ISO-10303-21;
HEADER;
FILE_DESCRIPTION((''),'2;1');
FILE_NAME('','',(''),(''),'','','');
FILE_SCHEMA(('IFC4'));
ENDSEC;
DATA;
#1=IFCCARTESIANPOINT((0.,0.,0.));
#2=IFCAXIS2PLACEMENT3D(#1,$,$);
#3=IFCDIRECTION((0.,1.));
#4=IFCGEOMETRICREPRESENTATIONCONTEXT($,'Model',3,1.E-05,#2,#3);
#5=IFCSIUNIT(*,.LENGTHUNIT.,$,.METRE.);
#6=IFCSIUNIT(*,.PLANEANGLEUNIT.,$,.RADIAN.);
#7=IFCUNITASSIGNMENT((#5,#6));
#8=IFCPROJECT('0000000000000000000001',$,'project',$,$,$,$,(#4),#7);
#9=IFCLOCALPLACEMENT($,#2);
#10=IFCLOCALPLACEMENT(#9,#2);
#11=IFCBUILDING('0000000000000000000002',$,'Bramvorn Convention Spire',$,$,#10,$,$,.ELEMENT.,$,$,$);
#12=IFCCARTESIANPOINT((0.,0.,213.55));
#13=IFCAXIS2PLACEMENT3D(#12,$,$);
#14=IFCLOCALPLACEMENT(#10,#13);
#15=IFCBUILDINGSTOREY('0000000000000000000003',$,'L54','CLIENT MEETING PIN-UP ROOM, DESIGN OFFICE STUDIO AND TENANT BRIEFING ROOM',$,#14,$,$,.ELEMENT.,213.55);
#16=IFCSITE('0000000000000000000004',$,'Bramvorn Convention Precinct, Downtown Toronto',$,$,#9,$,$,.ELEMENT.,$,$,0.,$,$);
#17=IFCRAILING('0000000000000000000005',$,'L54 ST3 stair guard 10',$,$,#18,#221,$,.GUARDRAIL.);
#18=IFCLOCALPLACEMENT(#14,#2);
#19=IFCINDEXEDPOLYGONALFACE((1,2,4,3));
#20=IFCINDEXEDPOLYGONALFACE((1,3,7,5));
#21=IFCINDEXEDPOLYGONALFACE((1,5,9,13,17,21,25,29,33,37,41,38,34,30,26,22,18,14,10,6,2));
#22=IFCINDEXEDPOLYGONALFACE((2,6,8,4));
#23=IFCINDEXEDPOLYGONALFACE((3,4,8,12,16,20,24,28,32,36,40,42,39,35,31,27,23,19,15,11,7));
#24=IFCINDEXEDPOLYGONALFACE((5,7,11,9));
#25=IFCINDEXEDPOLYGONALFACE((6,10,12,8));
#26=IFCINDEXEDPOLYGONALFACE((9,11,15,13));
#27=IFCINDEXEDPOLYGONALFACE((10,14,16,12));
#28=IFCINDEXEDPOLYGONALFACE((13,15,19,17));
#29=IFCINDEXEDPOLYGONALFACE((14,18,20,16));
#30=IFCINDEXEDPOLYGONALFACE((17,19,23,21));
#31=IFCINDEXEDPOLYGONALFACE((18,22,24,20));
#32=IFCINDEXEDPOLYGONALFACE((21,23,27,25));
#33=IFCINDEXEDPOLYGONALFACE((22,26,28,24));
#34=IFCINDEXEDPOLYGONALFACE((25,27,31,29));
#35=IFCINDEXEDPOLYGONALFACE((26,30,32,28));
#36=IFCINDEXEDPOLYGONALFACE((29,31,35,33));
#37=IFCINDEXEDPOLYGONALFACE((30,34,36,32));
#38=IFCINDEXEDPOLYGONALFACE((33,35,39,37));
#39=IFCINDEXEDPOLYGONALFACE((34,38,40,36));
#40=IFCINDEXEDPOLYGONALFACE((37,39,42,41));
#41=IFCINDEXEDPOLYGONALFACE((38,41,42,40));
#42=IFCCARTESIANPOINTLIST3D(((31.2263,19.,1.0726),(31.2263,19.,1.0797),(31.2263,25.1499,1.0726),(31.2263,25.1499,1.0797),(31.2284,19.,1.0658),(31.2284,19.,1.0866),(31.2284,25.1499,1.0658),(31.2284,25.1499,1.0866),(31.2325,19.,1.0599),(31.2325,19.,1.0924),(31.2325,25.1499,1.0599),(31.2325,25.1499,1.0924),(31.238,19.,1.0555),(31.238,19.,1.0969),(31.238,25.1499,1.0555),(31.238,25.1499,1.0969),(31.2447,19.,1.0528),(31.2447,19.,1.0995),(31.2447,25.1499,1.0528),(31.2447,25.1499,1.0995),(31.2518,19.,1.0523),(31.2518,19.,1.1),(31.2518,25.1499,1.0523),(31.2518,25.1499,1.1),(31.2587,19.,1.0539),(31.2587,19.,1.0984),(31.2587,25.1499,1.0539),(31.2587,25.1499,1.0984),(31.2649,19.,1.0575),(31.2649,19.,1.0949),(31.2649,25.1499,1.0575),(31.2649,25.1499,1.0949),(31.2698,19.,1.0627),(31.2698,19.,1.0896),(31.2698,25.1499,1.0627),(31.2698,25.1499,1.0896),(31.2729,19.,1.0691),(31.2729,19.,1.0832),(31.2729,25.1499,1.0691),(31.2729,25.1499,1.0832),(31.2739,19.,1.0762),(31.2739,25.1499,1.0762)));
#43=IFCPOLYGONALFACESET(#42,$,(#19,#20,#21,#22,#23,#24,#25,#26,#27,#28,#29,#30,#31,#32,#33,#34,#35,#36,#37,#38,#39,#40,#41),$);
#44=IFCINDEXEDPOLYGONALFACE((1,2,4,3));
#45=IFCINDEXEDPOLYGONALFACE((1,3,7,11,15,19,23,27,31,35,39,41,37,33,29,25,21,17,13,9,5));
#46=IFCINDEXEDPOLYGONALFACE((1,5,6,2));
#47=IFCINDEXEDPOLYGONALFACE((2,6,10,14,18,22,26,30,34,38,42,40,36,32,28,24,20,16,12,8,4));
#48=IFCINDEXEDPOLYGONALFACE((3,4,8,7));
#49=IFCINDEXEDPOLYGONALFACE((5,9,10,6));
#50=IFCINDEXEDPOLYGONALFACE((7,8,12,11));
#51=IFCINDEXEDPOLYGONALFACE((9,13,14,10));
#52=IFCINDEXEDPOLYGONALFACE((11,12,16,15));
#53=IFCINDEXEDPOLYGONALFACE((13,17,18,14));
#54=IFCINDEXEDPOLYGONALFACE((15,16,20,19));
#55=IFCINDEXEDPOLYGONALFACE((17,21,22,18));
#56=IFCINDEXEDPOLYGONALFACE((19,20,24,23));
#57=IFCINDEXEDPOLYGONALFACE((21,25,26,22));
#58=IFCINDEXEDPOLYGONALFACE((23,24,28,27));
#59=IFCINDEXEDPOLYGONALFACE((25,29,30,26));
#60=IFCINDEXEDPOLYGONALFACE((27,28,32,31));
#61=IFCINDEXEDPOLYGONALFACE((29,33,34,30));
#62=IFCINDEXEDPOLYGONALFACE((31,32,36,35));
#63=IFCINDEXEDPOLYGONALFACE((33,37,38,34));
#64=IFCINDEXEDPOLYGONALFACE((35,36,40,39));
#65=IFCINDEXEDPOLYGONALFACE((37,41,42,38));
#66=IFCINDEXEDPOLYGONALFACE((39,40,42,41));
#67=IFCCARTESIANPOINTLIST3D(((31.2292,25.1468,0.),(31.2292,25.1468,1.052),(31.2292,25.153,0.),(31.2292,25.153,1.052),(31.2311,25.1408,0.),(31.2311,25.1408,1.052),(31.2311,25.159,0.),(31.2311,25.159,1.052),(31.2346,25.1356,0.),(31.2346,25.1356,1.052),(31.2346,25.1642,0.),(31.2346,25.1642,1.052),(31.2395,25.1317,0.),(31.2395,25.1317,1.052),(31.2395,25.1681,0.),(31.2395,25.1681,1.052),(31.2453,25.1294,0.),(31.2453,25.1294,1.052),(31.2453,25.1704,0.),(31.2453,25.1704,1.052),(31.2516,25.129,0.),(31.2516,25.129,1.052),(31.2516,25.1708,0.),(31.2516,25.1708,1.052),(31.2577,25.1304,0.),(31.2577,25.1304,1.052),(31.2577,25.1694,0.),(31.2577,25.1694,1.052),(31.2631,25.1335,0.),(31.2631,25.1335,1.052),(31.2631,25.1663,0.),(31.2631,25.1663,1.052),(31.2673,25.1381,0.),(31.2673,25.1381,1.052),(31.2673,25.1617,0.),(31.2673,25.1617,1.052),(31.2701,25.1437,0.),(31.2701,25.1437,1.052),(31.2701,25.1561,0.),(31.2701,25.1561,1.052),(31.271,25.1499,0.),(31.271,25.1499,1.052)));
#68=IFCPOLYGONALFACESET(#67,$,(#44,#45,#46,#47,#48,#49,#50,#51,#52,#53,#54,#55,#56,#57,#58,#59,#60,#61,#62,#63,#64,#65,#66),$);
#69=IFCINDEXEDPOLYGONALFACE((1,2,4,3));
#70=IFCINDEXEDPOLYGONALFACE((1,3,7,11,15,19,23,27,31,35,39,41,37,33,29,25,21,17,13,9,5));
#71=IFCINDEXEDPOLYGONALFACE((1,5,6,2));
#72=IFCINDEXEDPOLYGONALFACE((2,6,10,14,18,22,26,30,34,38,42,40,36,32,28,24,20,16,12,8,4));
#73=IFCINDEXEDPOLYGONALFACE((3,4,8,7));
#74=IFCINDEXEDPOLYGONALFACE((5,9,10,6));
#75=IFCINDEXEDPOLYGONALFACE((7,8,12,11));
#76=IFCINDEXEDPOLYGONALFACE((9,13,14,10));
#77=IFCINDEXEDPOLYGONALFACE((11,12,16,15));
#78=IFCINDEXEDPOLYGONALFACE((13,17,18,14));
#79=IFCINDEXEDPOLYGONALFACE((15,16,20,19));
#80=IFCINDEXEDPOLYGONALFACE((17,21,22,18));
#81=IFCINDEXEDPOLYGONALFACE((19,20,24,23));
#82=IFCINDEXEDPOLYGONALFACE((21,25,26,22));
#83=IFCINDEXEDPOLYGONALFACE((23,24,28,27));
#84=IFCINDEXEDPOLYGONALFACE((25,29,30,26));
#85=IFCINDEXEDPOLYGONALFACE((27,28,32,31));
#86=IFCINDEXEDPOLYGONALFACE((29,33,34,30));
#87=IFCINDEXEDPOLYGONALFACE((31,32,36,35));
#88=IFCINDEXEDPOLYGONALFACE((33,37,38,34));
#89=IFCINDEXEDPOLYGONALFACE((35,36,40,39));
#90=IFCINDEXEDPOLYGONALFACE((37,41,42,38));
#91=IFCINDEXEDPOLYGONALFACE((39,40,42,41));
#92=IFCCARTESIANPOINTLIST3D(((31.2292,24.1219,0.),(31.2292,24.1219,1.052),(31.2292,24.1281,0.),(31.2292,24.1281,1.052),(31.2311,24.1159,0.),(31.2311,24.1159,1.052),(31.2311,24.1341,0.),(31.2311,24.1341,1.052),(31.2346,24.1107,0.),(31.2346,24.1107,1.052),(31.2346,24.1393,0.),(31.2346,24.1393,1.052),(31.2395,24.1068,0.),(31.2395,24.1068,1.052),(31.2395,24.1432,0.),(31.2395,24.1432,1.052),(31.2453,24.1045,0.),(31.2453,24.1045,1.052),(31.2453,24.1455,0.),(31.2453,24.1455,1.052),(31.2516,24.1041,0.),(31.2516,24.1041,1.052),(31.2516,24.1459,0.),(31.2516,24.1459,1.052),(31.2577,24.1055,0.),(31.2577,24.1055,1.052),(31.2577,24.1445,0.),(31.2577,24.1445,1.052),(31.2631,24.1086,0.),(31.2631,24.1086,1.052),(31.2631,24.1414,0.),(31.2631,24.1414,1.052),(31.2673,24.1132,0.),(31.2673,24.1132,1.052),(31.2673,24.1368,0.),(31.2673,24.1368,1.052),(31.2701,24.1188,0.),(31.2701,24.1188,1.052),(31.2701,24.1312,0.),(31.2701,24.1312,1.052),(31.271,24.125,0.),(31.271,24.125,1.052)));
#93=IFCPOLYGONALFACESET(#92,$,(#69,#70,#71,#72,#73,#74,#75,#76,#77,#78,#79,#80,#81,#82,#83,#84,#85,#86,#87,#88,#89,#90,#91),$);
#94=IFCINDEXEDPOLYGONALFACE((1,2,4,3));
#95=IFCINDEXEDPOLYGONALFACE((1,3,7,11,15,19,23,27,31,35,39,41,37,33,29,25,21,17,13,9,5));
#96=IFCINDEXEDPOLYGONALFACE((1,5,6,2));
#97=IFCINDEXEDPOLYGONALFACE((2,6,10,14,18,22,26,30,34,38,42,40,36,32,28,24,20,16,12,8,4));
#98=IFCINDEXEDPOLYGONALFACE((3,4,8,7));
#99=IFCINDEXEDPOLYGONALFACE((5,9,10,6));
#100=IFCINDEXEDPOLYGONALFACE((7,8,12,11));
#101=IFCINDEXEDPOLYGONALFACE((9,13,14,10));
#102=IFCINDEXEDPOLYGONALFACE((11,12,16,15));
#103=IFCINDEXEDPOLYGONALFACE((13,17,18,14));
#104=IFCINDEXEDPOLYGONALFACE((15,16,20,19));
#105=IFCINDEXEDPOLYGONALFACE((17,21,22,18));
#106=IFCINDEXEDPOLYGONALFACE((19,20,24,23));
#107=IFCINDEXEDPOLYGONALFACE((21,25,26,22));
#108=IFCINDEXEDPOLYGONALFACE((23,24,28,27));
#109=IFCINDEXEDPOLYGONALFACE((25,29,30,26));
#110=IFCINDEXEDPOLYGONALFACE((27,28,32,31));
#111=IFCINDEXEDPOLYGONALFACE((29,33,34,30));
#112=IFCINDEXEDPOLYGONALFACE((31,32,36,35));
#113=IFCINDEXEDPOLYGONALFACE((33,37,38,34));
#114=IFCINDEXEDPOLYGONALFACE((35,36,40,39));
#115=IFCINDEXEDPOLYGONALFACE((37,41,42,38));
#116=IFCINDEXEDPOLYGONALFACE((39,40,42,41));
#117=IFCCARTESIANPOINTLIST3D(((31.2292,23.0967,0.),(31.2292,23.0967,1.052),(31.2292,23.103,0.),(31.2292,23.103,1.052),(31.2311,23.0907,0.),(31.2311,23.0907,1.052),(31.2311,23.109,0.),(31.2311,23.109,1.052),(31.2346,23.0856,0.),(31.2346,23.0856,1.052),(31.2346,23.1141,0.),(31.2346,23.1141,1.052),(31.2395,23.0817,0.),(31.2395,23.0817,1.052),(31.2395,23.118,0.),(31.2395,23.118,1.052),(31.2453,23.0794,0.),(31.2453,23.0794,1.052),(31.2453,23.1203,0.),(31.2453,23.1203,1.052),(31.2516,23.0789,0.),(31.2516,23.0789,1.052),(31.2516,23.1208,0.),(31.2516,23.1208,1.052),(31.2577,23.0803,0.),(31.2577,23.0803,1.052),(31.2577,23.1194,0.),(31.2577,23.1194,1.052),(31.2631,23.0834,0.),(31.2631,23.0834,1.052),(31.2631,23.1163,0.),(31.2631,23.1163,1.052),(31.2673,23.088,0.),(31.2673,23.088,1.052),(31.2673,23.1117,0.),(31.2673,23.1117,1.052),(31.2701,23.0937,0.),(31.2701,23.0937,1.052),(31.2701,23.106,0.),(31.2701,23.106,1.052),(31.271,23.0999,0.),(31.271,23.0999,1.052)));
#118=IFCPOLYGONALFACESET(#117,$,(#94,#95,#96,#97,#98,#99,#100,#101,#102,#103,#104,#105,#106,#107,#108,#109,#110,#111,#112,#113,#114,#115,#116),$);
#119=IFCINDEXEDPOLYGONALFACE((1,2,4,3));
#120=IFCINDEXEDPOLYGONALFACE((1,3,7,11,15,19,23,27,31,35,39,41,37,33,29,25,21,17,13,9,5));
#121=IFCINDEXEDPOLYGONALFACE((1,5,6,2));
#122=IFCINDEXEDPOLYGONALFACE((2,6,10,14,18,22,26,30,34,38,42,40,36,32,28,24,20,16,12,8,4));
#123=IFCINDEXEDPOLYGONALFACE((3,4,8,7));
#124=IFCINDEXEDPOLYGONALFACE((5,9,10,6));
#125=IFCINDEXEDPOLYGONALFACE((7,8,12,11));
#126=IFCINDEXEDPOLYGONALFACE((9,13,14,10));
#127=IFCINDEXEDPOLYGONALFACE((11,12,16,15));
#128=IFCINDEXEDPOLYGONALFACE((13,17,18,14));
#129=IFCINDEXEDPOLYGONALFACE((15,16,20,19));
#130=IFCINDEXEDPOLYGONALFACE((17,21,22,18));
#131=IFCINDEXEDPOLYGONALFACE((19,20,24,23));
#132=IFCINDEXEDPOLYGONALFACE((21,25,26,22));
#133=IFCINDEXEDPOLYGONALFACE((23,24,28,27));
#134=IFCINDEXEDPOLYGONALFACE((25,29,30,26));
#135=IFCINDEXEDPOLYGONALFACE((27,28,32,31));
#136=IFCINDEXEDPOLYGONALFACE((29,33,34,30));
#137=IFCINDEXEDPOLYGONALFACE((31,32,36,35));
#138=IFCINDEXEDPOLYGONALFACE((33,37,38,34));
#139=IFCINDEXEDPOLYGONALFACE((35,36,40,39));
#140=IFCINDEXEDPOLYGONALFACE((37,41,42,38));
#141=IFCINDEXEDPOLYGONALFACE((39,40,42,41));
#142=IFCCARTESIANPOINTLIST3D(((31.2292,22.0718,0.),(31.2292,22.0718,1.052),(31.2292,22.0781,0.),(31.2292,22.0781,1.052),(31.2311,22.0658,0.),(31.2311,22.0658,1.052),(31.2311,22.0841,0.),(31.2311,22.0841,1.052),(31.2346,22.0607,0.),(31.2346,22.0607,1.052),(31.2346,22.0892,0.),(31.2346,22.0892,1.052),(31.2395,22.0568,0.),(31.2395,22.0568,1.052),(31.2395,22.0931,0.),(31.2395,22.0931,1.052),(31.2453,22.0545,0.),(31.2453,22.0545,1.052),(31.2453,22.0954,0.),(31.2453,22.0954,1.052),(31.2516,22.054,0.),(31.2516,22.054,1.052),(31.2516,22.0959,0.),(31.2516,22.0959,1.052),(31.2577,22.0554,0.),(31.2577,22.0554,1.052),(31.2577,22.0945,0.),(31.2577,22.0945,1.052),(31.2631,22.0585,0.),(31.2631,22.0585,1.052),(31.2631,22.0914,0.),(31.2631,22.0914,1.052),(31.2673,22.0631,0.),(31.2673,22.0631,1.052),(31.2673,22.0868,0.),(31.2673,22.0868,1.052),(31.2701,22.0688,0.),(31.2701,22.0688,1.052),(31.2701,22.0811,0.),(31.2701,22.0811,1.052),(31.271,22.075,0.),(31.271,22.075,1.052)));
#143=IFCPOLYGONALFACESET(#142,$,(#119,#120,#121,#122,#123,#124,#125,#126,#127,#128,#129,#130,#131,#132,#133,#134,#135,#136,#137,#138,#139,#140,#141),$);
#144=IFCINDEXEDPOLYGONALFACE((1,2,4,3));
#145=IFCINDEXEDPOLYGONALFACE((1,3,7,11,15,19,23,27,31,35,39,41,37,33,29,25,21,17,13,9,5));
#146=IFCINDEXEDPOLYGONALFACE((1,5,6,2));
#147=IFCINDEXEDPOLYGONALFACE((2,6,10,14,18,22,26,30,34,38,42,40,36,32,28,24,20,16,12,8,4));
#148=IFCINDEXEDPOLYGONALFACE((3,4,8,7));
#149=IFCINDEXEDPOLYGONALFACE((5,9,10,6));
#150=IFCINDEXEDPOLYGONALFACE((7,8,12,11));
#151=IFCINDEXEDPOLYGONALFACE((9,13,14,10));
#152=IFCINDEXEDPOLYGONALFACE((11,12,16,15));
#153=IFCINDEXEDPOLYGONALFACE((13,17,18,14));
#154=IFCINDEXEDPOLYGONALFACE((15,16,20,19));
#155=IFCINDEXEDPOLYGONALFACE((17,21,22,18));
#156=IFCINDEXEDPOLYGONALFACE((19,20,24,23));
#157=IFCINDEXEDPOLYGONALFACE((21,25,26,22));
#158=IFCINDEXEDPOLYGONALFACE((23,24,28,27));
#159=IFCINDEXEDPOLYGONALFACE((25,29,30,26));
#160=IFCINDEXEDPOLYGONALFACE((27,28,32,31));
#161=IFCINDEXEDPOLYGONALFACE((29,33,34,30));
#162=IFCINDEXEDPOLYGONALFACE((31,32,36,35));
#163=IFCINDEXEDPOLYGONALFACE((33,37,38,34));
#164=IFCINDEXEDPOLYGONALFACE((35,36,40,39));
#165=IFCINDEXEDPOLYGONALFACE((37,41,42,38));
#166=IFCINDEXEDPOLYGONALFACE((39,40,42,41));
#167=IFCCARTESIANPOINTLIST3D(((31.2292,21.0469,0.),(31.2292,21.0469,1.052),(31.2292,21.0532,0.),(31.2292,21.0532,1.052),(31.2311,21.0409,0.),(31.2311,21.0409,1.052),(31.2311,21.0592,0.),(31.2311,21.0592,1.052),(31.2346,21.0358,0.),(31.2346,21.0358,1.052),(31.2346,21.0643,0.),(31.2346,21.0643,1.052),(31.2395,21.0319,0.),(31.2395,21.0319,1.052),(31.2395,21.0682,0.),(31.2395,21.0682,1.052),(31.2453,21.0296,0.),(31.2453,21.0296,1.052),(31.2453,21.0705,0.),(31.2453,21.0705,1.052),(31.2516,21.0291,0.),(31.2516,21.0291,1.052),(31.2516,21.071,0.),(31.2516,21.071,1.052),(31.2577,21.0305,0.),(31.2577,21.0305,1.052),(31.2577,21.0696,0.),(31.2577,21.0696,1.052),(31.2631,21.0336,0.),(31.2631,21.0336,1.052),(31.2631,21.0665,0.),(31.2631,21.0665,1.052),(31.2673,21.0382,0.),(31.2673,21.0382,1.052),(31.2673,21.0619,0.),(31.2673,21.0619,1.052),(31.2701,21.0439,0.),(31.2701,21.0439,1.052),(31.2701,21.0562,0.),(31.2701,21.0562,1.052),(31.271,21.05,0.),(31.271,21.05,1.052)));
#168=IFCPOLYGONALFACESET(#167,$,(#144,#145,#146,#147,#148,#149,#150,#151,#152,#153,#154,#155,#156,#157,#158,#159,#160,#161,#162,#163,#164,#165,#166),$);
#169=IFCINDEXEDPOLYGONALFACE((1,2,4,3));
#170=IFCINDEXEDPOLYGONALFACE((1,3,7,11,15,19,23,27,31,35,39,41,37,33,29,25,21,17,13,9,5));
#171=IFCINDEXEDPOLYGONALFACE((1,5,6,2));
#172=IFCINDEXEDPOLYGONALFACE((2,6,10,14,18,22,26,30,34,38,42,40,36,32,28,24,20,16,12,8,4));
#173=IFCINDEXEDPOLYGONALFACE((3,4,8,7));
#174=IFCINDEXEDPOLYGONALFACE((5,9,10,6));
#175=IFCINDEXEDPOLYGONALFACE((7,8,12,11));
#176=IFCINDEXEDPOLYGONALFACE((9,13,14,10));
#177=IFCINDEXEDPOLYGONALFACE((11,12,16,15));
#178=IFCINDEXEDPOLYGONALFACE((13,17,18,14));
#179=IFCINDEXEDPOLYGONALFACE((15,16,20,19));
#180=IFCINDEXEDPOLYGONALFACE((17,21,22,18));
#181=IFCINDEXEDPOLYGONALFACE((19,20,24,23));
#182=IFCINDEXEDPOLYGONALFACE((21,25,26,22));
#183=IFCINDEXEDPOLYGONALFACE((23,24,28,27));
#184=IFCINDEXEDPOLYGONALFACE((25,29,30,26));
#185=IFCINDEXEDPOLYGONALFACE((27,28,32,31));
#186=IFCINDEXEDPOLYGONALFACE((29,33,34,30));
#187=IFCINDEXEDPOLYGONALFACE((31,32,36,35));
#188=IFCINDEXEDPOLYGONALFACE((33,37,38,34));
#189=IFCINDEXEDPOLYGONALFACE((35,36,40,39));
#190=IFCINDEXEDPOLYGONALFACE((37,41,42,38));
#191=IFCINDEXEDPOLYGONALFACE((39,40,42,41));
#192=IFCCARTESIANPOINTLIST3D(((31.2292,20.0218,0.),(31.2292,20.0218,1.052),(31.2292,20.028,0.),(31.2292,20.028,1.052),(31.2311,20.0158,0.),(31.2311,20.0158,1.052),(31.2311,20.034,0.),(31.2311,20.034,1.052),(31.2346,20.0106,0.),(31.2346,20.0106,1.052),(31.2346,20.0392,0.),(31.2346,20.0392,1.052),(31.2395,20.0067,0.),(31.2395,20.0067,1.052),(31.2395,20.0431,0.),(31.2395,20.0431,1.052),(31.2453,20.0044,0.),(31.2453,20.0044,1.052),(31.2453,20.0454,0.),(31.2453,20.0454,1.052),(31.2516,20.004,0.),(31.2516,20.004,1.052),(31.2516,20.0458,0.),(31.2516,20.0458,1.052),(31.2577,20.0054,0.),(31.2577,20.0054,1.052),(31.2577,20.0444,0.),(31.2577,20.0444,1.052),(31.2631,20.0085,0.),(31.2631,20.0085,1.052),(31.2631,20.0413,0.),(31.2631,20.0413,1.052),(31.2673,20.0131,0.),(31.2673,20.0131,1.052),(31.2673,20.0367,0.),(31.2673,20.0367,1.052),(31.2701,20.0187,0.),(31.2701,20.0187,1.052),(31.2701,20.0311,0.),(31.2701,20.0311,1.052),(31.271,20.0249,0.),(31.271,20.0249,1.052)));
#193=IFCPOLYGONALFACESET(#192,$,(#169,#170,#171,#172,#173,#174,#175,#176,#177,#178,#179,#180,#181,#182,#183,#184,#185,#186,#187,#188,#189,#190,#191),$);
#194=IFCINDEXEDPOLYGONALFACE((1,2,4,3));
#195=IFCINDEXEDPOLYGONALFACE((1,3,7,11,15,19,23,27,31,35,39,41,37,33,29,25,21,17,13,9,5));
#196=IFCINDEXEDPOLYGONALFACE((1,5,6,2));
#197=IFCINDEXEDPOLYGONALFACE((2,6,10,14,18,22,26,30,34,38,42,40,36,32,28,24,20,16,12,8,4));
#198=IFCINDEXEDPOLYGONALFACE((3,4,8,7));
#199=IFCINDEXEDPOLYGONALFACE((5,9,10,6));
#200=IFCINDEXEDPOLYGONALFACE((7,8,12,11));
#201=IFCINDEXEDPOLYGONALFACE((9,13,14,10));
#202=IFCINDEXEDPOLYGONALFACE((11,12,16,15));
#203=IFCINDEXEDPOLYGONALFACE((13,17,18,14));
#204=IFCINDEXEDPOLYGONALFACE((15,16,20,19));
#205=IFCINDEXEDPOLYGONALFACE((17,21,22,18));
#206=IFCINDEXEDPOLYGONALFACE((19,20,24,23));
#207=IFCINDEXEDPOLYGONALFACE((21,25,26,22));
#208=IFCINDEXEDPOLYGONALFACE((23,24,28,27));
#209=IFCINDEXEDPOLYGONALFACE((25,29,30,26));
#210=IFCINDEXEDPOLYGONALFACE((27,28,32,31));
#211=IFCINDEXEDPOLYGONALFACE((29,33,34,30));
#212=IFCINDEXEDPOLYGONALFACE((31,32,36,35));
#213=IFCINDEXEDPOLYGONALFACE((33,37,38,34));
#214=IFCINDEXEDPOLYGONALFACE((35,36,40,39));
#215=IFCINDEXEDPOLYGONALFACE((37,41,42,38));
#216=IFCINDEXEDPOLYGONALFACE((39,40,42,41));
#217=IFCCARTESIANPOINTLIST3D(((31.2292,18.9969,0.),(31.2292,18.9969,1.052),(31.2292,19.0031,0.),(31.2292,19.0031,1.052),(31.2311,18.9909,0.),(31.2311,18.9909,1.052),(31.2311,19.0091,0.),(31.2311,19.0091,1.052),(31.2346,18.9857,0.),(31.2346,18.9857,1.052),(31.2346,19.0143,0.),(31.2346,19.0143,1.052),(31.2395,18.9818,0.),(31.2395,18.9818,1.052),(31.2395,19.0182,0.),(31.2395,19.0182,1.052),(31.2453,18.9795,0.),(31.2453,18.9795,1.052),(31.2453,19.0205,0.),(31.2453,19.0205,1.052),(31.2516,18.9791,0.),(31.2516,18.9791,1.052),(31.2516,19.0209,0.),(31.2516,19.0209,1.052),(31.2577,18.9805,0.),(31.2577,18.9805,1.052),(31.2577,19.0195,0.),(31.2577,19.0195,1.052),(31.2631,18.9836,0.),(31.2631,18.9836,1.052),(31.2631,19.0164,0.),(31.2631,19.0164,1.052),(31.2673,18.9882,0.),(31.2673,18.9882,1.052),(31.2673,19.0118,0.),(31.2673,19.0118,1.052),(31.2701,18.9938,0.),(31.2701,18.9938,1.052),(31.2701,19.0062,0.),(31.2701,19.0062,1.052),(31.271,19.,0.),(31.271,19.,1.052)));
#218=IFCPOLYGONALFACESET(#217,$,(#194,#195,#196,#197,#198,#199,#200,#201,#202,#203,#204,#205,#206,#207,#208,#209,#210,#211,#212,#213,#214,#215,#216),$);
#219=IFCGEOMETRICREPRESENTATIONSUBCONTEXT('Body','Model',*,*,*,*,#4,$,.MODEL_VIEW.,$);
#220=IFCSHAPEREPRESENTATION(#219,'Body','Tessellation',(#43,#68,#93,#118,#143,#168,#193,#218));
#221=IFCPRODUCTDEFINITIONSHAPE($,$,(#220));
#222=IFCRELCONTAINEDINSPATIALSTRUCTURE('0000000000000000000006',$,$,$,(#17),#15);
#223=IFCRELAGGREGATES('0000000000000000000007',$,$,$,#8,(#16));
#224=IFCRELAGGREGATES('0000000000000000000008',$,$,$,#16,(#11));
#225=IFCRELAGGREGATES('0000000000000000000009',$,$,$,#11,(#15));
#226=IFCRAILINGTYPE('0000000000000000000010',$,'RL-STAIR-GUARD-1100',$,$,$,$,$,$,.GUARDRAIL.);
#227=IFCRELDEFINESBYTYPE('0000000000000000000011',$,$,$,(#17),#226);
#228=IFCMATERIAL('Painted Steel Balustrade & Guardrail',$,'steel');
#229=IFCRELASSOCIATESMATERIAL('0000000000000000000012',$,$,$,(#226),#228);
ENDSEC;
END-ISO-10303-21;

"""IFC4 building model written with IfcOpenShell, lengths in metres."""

from ifc_helpers import new_model, si_unit, direction, frame, origin, origin_2d, place, context, subcontext, project, spatial, circle, extrude, material, type_object, element, save


model = new_model("IFC4")

# Units and contexts
model_context = context("Model", 3, precision=1e-05, world=origin(), true_north=direction((0.0, 1.0)))
body_context = subcontext(model_context, "Body", "Model", "MODEL_VIEW")
ifc_project = project(units=[si_unit("LENGTHUNIT", "METRE"), si_unit("PLANEANGLEUNIT", "RADIAN")], contexts=[model_context])

# Site, building, storey
site_placement = place(None, origin())
site = spatial("IfcSite", under=ifc_project, at=site_placement, Name="Bramvorn Convention Precinct, Downtown Toronto", CompositionType="ELEMENT", RefElevation=0.0)
building_placement = place(site_placement, origin())
building = spatial("IfcBuilding", under=site, at=building_placement, Name="Bramvorn Convention Spire", CompositionType="ELEMENT")
storey_placement = place(building_placement, frame((0.0, 0.0, 213.55)))
storey = spatial("IfcBuildingStorey", under=building, at=storey_placement, Name="L54", Description="CLIENT MEETING PIN-UP ROOM, DESIGN OFFICE STUDIO AND TENANT BRIEFING ROOM", CompositionType="ELEMENT", Elevation=213.55)

# Railing
ifc_material_1 = material(Name="Painted Steel Balustrade & Guardrail", Category="steel")
railing_type = type_object("IfcRailingType", Name="RL-STAIR-GUARD-1100", PredefinedType="GUARDRAIL", material=ifc_material_1)
railing_1_placement = place(storey_placement, frame((31.25, 25.1499, 0.0)))
element("IfcRailing", 1, at=railing_1_placement, inside=storey, type_object=railing_type, Name="L54 ST3 stair guard 10", PredefinedType="GUARDRAIL", context=body_context, shape_type="SweptSolid", body=[
    extrude(circle(Radius=0.0239, at=origin_2d()), frame((0.0, 0.0, 1.0762), z_axis=(0.0, -1.0, 0.0), x_axis=(1.0, 0.0, 0.0)), (0.0, 0.0, 1.0), 6.1499),
    extrude(circle(Radius=0.021, at=origin_2d()), origin(), (0.0, 0.0, 1.0), 1.052),
    extrude(circle(Radius=0.021, at=origin_2d()), frame((0.0, -1.0249, 0.0)), (0.0, 0.0, 1.0), 1.052),
    extrude(circle(Radius=0.021, at=origin_2d()), frame((0.0, -2.05, 0.0)), (0.0, 0.0, 1.0), 1.052),
    extrude(circle(Radius=0.021, at=origin_2d()), frame((0.0, -3.075, 0.0)), (0.0, 0.0, 1.0), 1.052),
    extrude(circle(Radius=0.021, at=origin_2d()), frame((0.0, -4.0999, 0.0)), (0.0, 0.0, 1.0), 1.052),
    extrude(circle(Radius=0.021, at=origin_2d()), frame((0.0, -5.125, 0.0)), (0.0, 0.0, 1.0), 1.052),
    extrude(circle(Radius=0.021, at=origin_2d()), frame((0.0, -6.1499, 0.0)), (0.0, 0.0, 1.0), 1.052),
])

save(model, "model.ifc")
